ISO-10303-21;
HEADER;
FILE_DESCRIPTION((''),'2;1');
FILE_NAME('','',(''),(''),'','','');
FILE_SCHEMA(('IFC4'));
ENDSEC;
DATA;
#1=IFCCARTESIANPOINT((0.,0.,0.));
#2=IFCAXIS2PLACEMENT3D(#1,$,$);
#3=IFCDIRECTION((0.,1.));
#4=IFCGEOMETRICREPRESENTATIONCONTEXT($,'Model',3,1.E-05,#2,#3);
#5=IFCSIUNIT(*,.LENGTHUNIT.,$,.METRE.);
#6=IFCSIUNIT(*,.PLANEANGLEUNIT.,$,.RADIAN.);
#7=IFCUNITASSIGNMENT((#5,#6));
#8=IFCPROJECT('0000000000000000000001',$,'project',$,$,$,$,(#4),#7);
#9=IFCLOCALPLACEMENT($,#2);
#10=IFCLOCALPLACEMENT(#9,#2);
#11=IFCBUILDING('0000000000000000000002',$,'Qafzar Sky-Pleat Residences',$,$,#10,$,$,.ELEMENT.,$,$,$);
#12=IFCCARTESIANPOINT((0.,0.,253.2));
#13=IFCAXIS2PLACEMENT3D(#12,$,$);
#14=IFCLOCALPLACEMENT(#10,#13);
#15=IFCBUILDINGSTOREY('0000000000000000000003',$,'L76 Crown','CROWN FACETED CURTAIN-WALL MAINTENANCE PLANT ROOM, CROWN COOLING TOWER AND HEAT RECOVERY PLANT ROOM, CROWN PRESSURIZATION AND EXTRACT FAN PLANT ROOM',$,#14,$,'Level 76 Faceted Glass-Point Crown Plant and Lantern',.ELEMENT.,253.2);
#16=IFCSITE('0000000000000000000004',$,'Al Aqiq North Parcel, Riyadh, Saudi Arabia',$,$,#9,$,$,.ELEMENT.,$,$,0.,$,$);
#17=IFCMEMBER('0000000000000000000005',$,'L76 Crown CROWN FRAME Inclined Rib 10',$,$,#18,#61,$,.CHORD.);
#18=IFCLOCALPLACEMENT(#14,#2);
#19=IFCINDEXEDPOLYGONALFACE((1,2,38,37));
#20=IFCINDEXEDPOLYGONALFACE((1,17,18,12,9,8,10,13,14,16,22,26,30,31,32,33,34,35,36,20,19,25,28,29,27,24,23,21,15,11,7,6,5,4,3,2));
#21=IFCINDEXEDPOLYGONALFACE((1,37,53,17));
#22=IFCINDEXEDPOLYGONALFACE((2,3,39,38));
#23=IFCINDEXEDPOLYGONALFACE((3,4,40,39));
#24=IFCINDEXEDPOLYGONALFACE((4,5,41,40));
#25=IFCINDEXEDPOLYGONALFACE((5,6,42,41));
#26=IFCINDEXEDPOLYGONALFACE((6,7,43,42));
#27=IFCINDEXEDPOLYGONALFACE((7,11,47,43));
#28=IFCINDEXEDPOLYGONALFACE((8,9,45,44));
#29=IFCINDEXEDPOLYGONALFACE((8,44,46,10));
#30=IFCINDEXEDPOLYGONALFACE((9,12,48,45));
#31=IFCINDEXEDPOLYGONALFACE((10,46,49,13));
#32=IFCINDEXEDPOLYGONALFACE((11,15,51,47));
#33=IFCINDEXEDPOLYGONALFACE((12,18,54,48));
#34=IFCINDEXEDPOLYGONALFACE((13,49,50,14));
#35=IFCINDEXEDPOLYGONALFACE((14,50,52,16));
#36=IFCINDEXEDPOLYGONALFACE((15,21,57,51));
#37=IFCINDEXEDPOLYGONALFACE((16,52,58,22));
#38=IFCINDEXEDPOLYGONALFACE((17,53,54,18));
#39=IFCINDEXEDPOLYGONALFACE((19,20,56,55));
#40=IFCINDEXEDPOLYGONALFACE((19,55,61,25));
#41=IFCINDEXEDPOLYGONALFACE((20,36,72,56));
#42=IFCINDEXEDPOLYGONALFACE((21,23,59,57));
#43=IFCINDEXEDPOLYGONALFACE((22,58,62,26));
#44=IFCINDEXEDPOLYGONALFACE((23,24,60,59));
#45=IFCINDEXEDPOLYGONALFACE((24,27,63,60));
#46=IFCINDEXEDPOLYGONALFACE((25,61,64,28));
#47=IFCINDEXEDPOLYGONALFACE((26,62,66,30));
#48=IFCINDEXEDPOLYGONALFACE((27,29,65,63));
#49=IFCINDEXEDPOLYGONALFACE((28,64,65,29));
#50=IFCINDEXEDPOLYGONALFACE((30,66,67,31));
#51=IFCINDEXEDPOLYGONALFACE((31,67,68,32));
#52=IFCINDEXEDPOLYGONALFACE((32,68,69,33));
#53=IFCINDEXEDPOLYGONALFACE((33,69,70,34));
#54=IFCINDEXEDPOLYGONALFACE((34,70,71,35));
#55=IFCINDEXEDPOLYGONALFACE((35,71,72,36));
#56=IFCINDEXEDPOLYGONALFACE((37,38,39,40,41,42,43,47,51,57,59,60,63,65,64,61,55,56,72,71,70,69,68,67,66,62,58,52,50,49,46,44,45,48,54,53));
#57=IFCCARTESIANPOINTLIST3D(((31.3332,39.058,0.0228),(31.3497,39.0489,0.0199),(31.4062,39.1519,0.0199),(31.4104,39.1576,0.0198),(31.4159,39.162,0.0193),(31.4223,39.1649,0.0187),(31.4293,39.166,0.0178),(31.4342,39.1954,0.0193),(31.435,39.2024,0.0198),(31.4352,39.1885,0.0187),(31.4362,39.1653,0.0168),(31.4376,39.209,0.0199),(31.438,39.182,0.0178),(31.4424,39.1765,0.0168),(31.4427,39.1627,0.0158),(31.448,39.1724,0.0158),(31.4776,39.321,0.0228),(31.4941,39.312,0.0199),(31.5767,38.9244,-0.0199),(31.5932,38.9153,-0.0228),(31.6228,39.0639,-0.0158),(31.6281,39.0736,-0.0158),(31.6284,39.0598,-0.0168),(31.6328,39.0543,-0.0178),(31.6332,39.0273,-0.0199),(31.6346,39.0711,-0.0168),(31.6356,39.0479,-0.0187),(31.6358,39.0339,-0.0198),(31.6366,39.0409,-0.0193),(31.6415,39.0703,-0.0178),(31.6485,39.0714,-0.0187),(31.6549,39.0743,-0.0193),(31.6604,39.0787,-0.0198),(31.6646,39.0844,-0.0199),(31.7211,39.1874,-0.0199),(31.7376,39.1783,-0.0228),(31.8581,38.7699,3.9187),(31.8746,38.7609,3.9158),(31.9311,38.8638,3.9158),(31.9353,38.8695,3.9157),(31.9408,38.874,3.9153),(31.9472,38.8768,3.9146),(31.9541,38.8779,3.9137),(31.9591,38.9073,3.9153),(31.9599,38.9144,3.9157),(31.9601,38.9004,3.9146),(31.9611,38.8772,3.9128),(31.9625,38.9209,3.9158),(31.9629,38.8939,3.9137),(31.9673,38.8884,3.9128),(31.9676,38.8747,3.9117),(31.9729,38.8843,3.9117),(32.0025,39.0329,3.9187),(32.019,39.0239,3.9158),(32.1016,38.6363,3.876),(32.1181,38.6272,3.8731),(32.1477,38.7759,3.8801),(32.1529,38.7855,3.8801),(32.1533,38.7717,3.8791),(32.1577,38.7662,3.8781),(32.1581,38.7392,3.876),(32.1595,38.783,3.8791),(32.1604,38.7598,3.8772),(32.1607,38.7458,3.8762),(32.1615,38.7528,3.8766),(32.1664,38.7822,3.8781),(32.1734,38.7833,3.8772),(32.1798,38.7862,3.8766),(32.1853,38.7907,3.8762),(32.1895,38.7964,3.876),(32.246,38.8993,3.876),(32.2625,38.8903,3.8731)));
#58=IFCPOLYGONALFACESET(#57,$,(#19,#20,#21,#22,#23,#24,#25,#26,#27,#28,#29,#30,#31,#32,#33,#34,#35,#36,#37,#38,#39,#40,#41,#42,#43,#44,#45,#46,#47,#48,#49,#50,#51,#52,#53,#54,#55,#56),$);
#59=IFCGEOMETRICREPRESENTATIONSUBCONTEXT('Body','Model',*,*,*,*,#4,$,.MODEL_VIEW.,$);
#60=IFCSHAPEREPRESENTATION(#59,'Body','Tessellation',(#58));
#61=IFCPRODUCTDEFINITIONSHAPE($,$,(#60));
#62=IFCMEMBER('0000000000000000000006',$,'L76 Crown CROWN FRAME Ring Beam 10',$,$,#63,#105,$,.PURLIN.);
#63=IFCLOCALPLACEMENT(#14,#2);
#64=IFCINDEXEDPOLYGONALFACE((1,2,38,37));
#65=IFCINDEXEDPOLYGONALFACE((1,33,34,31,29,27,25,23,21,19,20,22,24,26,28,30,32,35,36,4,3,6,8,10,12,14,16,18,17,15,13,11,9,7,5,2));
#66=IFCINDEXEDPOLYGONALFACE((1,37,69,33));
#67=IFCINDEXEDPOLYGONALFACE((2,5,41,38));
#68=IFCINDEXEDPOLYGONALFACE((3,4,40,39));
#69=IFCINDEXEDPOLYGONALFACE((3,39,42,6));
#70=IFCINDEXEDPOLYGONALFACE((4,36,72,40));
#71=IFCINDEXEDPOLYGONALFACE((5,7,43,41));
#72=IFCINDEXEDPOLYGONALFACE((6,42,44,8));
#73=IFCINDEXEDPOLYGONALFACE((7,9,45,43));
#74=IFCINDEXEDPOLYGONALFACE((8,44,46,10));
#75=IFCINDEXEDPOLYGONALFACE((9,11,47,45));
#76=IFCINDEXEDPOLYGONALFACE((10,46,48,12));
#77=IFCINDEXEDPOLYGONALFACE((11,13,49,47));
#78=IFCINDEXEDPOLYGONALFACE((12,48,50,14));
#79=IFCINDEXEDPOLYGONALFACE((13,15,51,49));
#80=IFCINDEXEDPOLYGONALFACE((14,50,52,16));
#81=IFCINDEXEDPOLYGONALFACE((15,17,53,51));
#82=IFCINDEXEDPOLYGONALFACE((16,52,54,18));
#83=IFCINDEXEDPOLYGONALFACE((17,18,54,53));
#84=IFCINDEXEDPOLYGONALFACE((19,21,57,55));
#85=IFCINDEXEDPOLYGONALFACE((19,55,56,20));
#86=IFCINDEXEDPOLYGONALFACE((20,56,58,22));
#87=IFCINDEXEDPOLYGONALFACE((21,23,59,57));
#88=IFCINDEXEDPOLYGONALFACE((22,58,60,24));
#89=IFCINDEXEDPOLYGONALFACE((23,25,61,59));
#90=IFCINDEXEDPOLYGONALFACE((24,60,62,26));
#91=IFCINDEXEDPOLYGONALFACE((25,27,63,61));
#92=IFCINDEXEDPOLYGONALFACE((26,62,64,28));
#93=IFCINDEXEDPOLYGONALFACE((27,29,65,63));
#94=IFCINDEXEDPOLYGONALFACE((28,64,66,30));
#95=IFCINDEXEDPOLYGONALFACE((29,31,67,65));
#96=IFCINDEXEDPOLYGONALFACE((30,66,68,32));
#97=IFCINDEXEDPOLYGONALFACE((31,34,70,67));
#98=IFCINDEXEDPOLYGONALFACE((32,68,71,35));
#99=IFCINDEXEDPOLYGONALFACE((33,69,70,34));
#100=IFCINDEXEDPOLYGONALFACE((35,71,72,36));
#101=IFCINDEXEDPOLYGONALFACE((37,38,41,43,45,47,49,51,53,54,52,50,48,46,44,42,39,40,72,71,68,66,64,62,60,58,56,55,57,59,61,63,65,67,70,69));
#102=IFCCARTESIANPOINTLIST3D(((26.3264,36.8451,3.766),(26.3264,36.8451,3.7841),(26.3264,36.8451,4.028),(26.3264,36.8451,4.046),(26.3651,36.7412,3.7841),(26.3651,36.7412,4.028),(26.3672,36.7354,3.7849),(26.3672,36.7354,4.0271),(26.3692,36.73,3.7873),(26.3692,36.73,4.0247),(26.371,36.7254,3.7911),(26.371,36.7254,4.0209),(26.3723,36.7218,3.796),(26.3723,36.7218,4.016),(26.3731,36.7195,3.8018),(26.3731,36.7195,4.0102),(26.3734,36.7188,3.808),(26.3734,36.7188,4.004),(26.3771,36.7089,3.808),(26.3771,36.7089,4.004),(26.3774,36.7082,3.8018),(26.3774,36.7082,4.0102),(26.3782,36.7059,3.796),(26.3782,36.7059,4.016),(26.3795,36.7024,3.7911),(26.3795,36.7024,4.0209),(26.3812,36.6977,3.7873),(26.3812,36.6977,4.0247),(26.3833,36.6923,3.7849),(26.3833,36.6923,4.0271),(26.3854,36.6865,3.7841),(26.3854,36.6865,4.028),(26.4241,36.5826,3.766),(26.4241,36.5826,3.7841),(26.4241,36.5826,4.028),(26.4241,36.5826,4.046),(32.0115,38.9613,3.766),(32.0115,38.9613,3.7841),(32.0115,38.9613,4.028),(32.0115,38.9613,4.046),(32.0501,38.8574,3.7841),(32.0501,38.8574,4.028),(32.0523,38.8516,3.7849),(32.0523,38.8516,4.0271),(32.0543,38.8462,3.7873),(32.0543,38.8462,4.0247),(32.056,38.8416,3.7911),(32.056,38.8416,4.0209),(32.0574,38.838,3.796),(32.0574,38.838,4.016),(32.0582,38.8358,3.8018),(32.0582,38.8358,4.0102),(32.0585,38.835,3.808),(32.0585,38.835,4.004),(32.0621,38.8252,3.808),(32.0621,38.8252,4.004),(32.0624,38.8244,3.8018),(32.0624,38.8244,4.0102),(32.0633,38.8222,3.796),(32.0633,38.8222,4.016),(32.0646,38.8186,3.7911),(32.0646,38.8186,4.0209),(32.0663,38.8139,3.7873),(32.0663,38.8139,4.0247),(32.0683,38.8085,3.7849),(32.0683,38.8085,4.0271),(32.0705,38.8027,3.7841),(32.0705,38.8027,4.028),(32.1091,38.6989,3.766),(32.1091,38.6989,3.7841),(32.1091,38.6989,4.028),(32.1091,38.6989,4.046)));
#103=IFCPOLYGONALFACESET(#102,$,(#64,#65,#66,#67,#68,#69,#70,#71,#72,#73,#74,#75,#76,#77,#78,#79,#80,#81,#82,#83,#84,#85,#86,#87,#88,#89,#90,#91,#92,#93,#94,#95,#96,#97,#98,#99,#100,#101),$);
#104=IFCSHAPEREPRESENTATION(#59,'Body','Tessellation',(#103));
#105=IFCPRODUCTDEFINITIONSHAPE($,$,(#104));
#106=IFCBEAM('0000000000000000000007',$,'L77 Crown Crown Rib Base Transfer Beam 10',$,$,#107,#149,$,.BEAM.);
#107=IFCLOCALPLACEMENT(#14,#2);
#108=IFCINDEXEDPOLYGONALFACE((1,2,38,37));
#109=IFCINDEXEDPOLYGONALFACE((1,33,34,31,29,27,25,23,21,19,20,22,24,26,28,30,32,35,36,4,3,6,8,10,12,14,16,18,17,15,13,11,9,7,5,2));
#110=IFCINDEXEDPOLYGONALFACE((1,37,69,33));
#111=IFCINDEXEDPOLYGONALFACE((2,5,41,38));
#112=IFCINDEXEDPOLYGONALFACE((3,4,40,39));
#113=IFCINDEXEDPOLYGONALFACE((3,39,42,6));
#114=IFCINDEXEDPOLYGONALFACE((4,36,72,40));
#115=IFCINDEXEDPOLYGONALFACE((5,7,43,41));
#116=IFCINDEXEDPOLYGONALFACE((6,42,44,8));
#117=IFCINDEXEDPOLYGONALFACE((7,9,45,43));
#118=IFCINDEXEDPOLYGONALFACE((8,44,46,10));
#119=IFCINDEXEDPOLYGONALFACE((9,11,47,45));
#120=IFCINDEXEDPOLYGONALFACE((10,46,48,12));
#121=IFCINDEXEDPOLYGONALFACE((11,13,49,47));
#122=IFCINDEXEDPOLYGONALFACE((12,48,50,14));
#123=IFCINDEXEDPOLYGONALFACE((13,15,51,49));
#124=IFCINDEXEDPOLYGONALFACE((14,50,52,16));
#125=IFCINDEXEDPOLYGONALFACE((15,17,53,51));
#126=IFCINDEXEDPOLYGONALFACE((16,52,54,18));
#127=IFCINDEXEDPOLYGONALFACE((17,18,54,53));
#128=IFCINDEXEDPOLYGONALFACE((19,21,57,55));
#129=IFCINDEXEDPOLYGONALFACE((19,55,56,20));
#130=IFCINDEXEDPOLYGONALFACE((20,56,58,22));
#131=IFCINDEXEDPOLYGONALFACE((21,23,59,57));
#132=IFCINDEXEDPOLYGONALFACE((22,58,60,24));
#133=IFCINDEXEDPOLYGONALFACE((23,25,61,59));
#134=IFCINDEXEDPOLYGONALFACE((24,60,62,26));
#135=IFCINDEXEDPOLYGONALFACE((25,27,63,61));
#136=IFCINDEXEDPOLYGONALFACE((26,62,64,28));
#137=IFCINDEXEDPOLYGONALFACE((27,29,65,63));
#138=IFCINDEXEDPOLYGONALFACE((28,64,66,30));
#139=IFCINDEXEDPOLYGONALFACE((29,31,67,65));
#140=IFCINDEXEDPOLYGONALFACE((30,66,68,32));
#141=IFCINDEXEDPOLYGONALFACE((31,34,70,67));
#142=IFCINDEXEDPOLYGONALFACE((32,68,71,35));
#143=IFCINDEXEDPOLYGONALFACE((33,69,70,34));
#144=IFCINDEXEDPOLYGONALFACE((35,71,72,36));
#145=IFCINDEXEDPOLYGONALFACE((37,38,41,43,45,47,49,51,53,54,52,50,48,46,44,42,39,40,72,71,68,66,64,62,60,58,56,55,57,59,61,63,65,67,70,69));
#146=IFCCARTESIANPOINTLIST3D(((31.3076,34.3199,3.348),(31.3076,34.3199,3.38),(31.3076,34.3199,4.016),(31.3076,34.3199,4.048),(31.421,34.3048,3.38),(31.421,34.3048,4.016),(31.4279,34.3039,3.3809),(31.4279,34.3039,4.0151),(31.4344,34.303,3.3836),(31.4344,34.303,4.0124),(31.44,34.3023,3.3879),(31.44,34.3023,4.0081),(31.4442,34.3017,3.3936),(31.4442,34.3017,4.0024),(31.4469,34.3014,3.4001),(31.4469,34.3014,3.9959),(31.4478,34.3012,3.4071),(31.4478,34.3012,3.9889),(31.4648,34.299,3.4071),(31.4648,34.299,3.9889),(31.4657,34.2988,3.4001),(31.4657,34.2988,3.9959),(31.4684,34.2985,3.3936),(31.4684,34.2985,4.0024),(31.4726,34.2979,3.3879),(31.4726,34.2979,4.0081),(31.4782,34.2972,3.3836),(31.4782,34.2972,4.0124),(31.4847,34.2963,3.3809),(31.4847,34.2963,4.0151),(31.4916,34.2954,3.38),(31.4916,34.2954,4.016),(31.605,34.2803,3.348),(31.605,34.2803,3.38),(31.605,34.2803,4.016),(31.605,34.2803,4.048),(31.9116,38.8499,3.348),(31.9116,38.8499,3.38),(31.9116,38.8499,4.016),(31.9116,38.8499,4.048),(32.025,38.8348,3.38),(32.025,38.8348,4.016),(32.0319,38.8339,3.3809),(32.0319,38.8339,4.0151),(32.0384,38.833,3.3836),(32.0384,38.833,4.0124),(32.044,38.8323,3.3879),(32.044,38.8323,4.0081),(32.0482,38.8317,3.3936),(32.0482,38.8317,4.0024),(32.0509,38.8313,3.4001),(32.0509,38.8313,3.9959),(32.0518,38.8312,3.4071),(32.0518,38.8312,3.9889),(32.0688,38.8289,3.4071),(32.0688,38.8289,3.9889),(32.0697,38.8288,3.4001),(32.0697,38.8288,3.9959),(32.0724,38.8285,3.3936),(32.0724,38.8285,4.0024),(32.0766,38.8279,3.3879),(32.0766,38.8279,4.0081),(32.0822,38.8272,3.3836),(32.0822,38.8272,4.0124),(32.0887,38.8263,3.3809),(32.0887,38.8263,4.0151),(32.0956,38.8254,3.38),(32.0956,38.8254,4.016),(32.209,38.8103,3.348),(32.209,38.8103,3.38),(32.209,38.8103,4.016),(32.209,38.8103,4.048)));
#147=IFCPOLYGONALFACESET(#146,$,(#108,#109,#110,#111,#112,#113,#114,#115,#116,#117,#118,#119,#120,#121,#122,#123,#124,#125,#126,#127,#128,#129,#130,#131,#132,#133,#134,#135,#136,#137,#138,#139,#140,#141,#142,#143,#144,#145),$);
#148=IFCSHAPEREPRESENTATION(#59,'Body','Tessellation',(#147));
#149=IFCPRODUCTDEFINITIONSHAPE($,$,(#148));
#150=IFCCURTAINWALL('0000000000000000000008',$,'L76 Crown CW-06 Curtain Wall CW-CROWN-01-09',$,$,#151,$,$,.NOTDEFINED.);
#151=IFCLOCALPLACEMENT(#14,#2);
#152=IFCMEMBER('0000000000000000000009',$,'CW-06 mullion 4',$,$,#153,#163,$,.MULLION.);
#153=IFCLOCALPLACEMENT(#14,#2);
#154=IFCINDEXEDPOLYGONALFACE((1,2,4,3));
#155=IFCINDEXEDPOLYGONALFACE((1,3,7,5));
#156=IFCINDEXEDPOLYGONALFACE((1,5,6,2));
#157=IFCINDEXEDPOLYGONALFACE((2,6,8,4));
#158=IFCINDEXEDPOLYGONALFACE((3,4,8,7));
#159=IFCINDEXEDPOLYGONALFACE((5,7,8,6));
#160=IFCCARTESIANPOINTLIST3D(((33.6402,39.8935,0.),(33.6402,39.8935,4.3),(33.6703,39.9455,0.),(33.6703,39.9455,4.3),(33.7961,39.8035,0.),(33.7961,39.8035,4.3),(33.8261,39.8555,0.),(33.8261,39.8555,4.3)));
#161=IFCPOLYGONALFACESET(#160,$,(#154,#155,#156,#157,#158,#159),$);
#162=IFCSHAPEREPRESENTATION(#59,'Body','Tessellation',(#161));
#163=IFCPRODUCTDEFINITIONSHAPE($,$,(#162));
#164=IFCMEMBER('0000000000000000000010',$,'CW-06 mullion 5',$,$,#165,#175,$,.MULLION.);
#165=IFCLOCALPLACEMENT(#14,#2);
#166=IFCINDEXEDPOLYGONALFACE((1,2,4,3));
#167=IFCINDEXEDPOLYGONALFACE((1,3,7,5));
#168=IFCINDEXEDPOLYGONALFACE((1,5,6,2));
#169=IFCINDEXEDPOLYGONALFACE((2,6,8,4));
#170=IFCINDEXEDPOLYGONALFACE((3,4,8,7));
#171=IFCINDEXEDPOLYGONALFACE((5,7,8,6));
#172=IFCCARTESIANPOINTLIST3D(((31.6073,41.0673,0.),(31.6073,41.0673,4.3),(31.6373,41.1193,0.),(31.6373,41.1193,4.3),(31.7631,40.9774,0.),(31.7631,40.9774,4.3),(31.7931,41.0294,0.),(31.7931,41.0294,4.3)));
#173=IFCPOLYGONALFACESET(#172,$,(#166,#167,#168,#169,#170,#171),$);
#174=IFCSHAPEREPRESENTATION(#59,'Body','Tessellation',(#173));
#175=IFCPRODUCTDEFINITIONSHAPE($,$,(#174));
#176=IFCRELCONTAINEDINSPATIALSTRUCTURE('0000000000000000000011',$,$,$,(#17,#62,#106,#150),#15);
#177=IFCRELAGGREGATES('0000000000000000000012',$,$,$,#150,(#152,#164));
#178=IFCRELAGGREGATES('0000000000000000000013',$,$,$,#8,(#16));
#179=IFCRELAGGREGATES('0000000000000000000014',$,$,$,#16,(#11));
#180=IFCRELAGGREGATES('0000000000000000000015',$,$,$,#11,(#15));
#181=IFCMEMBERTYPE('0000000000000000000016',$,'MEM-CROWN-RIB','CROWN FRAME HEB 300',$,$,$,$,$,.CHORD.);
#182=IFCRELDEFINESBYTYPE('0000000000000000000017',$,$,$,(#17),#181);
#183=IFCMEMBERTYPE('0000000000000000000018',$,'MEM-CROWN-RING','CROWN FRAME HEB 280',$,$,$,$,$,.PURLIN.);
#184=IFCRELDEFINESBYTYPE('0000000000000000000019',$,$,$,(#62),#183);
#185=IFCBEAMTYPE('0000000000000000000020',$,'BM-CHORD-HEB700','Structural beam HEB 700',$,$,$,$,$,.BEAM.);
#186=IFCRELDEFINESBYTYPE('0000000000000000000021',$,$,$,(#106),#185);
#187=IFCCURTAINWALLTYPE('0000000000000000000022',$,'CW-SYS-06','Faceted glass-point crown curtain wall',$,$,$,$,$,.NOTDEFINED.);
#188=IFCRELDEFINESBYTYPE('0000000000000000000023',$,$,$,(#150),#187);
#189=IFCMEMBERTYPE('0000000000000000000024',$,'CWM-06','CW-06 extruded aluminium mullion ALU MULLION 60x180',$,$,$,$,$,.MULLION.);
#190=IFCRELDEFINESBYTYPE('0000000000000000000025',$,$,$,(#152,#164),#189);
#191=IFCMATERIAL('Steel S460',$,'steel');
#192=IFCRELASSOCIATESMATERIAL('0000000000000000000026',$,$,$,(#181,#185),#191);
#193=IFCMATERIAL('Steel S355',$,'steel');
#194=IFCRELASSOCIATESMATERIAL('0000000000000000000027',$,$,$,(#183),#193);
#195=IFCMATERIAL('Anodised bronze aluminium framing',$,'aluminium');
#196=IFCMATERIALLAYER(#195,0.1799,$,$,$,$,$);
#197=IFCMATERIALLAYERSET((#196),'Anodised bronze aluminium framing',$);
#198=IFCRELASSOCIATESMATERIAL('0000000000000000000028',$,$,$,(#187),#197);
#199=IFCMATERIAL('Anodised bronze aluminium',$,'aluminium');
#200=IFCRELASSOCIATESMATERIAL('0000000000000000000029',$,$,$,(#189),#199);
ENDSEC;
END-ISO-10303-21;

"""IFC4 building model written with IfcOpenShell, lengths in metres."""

from ifc_helpers import new_model, si_unit, direction, frame, origin, origin_2d, place, context, subcontext, project, spatial, rectangle, i_section, extrude, source, transform, mapped, material, layer, layer_set, material_profile, profile_set, type_object, element, aggregate, save


model = new_model("IFC4")

# Units and contexts
model_context = context("Model", 3, precision=1e-05, world=origin(), true_north=direction((0.0, 1.0)))
body_context = subcontext(model_context, "Body", "Model", "MODEL_VIEW")
ifc_project = project(units=[si_unit("LENGTHUNIT", "METRE"), si_unit("PLANEANGLEUNIT", "RADIAN")], contexts=[model_context])

# Site, building, storey
site_placement = place(None, origin())
site = spatial("IfcSite", under=ifc_project, at=site_placement, Name="Al Aqiq North Parcel, Riyadh, Saudi Arabia", CompositionType="ELEMENT", RefElevation=0.0)
building_placement = place(site_placement, origin())
building = spatial("IfcBuilding", under=site, at=building_placement, Name="Qafzar Sky-Pleat Residences", CompositionType="ELEMENT")
storey_placement = place(building_placement, frame((0.0, 0.0, 253.2)))
storey = spatial("IfcBuildingStorey", under=building, at=storey_placement, Name="L76 Crown", Description="CROWN FACETED CURTAIN-WALL MAINTENANCE PLANT ROOM, CROWN COOLING TOWER AND HEAT RECOVERY PLANT ROOM, CROWN PRESSURIZATION AND EXTRACT FAN PLANT ROOM", LongName="Level 76 Faceted Glass-Point Crown Plant and Lantern", CompositionType="ELEMENT", Elevation=253.2)

# Members
ifc_material_1 = material(Name="Steel S460", Category="steel")
ifc_material_profile_1 = material_profile(ifc_material_1, i_section(OverallWidth=0.3, OverallDepth=0.3, WebThickness=0.011, FlangeThickness=0.019, FilletRadius=0.0271, at=origin_2d()), Name="HEB 300")
ifc_profile_set_1 = profile_set([ifc_material_profile_1], Name="Steel S460")
member_type_1 = type_object("IfcMemberType", Name="MEM-CROWN-RIB", Description="CROWN FRAME HEB 300", PredefinedType="CHORD", material=ifc_profile_set_1)
shared_shape_1 = source(origin(), body_context, "Body", "SweptSolid", [
    extrude(i_section(OverallWidth=0.3, OverallDepth=0.3, WebThickness=0.011, FlangeThickness=0.019, FilletRadius=0.0271, at=origin_2d()), origin(), (0.0, 0.0, 1.0), 3.9417),
])
member_1_placement = place(storey_placement, frame((31.5354, 39.1182, 0.0), z_axis=(0.133165, -0.073086, 0.988395), x_axis=(0.481136, 0.876646, 0.0)))
element("IfcMember", 1, at=member_1_placement, inside=storey, type_object=member_type_1, Name="L76 Crown CROWN FRAME Inclined Rib 10", PredefinedType="CHORD", context=body_context, shape_type="MappedRepresentation", body=[
    mapped(shared_shape_1, transform((0.0, 0.0, 0.0), x_axis=(1.0, 0.0, 0.0), y_axis=(0.0, 1.0, 0.0), z_axis=(0.0, 0.0, 1.0), scale=1.0)),
])
ifc_material_2 = material(Name="Steel S355", Category="steel")
ifc_material_profile_2 = material_profile(ifc_material_2, i_section(OverallWidth=0.28, OverallDepth=0.28, WebThickness=0.0105, FlangeThickness=0.0181, FilletRadius=0.0239, at=origin_2d()), Name="HEB 280")
ifc_profile_set_2 = profile_set([ifc_material_profile_2], Name="Steel S355")
member_type_2 = type_object("IfcMemberType", Name="MEM-CROWN-RING", Description="CROWN FRAME HEB 280", PredefinedType="PURLIN", material=ifc_profile_set_2)
shared_shape_2 = source(origin(), body_context, "Body", "SweptSolid", [
    extrude(i_section(OverallWidth=0.28, OverallDepth=0.28, WebThickness=0.0105, FlangeThickness=0.0181, FilletRadius=0.0239, at=origin_2d()), origin(), (0.0, 0.0, 1.0), 6.0662),
])
member_2_placement = place(storey_placement, frame((32.0603, 38.8301, 3.906), z_axis=(-0.937177, -0.348855, 0.0), x_axis=(0.348855, -0.937177, 0.0)))
element("IfcMember", 2, at=member_2_placement, inside=storey, type_object=member_type_2, Name="L76 Crown CROWN FRAME Ring Beam 10", PredefinedType="PURLIN", context=body_context, shape_type="MappedRepresentation", body=[
    mapped(shared_shape_2, transform((0.0, 0.0, 0.0), x_axis=(1.0, 0.0, 0.0), y_axis=(0.0, 1.0, 0.0), z_axis=(0.0, 0.0, 1.0), scale=1.0)),
])

# Beam
ifc_material_profile_3 = material_profile(ifc_material_1, i_section(OverallWidth=0.3, OverallDepth=0.7, WebThickness=0.0171, FlangeThickness=0.032, FilletRadius=0.0271, at=origin_2d()), Name="HEB 700")
ifc_profile_set_3 = profile_set([ifc_material_profile_3], Name="Steel S460")
beam_type = type_object("IfcBeamType", Name="BM-CHORD-HEB700", Description="Structural beam HEB 700", PredefinedType="BEAM", material=ifc_profile_set_3)
shared_shape_3 = source(origin(), body_context, "Body", "SweptSolid", [
    extrude(i_section(OverallWidth=0.3, OverallDepth=0.7, WebThickness=0.0171, FlangeThickness=0.032, FilletRadius=0.0271, at=origin_2d()), origin(), (0.0, 0.0, 1.0), 4.5701),
])
beam_placement = place(storey_placement, frame((32.0603, 38.8301, 3.698), z_axis=(-0.132164, -0.991228, 0.0), x_axis=(0.991228, -0.132164, 0.0)))
element("IfcBeam", 3, at=beam_placement, inside=storey, type_object=beam_type, Name="L77 Crown Crown Rib Base Transfer Beam 10", PredefinedType="BEAM", context=body_context, shape_type="MappedRepresentation", body=[
    mapped(shared_shape_3, transform((0.0, 0.0, 0.0), x_axis=(1.0, 0.0, 0.0), y_axis=(0.0, 1.0, 0.0), z_axis=(0.0, 0.0, 1.0), scale=1.0)),
])

# Curtain wall, members
ifc_material_3 = material(Name="Anodised bronze aluminium framing", Category="aluminium")
ifc_layer_1 = layer(ifc_material_3, 0.1799)
ifc_layer_set_1 = layer_set([ifc_layer_1], Name="Anodised bronze aluminium framing")
curtain_wall_type = type_object("IfcCurtainWallType", Name="CW-SYS-06", Description="Faceted glass-point crown curtain wall", PredefinedType="NOTDEFINED", material=ifc_layer_set_1)
curtain_wall_1_placement = place(storey_placement, origin())
curtain_wall_1 = element("IfcCurtainWall", 4, at=curtain_wall_1_placement, inside=storey, type_object=curtain_wall_type, Name="L76 Crown CW-06 Curtain Wall CW-CROWN-01-09", PredefinedType="NOTDEFINED")
ifc_material_4 = material(Name="Anodised bronze aluminium", Category="aluminium")
ifc_material_profile_4 = material_profile(ifc_material_4, rectangle(XDim=0.0601, YDim=0.1799, at=origin_2d()), Name="ALU MULLION 60x180")
ifc_profile_set_4 = profile_set([ifc_material_profile_4], Name="Anodised bronze aluminium")
member_type_3 = type_object("IfcMemberType", Name="CWM-06", Description="CW-06 extruded aluminium mullion ALU MULLION 60x180", PredefinedType="MULLION", material=ifc_profile_set_4)
shared_shape_4 = source(origin(), body_context, "Body", "SweptSolid", [
    extrude(rectangle(XDim=0.0601, YDim=0.1799, at=origin_2d()), origin(), (0.0, 0.0, 1.0), 4.3),
])
member_3_placement = place(storey_placement, frame((33.7332, 39.8745, 0.0), z_axis=(0.0, 0.0, 1.0), x_axis=(-0.500003, -0.866023, 0.0)))
member_3 = element("IfcMember", 5, at=member_3_placement, type_object=member_type_3, Name="CW-06 mullion 4", PredefinedType="MULLION", context=body_context, shape_type="MappedRepresentation", body=[
    mapped(shared_shape_4, transform((0.0, 0.0, 0.0), x_axis=(1.0, 0.0, 0.0), y_axis=(0.0, 1.0, 0.0), z_axis=(0.0, 0.0, 1.0), scale=1.0)),
])
member_4_placement = place(storey_placement, frame((31.7002, 41.0483, 0.0), z_axis=(0.0, 0.0, 1.0), x_axis=(-0.500003, -0.866023, 0.0)))
member_4 = element("IfcMember", 6, at=member_4_placement, type_object=member_type_3, Name="CW-06 mullion 5", PredefinedType="MULLION", context=body_context, shape_type="MappedRepresentation", body=[
    mapped(shared_shape_4, transform((0.0, 0.0, 0.0), x_axis=(1.0, 0.0, 0.0), y_axis=(0.0, 1.0, 0.0), z_axis=(0.0, 0.0, 1.0), scale=1.0)),
])

aggregate(curtain_wall_1, [member_3, member_4])

save(model, "model.ifc")
